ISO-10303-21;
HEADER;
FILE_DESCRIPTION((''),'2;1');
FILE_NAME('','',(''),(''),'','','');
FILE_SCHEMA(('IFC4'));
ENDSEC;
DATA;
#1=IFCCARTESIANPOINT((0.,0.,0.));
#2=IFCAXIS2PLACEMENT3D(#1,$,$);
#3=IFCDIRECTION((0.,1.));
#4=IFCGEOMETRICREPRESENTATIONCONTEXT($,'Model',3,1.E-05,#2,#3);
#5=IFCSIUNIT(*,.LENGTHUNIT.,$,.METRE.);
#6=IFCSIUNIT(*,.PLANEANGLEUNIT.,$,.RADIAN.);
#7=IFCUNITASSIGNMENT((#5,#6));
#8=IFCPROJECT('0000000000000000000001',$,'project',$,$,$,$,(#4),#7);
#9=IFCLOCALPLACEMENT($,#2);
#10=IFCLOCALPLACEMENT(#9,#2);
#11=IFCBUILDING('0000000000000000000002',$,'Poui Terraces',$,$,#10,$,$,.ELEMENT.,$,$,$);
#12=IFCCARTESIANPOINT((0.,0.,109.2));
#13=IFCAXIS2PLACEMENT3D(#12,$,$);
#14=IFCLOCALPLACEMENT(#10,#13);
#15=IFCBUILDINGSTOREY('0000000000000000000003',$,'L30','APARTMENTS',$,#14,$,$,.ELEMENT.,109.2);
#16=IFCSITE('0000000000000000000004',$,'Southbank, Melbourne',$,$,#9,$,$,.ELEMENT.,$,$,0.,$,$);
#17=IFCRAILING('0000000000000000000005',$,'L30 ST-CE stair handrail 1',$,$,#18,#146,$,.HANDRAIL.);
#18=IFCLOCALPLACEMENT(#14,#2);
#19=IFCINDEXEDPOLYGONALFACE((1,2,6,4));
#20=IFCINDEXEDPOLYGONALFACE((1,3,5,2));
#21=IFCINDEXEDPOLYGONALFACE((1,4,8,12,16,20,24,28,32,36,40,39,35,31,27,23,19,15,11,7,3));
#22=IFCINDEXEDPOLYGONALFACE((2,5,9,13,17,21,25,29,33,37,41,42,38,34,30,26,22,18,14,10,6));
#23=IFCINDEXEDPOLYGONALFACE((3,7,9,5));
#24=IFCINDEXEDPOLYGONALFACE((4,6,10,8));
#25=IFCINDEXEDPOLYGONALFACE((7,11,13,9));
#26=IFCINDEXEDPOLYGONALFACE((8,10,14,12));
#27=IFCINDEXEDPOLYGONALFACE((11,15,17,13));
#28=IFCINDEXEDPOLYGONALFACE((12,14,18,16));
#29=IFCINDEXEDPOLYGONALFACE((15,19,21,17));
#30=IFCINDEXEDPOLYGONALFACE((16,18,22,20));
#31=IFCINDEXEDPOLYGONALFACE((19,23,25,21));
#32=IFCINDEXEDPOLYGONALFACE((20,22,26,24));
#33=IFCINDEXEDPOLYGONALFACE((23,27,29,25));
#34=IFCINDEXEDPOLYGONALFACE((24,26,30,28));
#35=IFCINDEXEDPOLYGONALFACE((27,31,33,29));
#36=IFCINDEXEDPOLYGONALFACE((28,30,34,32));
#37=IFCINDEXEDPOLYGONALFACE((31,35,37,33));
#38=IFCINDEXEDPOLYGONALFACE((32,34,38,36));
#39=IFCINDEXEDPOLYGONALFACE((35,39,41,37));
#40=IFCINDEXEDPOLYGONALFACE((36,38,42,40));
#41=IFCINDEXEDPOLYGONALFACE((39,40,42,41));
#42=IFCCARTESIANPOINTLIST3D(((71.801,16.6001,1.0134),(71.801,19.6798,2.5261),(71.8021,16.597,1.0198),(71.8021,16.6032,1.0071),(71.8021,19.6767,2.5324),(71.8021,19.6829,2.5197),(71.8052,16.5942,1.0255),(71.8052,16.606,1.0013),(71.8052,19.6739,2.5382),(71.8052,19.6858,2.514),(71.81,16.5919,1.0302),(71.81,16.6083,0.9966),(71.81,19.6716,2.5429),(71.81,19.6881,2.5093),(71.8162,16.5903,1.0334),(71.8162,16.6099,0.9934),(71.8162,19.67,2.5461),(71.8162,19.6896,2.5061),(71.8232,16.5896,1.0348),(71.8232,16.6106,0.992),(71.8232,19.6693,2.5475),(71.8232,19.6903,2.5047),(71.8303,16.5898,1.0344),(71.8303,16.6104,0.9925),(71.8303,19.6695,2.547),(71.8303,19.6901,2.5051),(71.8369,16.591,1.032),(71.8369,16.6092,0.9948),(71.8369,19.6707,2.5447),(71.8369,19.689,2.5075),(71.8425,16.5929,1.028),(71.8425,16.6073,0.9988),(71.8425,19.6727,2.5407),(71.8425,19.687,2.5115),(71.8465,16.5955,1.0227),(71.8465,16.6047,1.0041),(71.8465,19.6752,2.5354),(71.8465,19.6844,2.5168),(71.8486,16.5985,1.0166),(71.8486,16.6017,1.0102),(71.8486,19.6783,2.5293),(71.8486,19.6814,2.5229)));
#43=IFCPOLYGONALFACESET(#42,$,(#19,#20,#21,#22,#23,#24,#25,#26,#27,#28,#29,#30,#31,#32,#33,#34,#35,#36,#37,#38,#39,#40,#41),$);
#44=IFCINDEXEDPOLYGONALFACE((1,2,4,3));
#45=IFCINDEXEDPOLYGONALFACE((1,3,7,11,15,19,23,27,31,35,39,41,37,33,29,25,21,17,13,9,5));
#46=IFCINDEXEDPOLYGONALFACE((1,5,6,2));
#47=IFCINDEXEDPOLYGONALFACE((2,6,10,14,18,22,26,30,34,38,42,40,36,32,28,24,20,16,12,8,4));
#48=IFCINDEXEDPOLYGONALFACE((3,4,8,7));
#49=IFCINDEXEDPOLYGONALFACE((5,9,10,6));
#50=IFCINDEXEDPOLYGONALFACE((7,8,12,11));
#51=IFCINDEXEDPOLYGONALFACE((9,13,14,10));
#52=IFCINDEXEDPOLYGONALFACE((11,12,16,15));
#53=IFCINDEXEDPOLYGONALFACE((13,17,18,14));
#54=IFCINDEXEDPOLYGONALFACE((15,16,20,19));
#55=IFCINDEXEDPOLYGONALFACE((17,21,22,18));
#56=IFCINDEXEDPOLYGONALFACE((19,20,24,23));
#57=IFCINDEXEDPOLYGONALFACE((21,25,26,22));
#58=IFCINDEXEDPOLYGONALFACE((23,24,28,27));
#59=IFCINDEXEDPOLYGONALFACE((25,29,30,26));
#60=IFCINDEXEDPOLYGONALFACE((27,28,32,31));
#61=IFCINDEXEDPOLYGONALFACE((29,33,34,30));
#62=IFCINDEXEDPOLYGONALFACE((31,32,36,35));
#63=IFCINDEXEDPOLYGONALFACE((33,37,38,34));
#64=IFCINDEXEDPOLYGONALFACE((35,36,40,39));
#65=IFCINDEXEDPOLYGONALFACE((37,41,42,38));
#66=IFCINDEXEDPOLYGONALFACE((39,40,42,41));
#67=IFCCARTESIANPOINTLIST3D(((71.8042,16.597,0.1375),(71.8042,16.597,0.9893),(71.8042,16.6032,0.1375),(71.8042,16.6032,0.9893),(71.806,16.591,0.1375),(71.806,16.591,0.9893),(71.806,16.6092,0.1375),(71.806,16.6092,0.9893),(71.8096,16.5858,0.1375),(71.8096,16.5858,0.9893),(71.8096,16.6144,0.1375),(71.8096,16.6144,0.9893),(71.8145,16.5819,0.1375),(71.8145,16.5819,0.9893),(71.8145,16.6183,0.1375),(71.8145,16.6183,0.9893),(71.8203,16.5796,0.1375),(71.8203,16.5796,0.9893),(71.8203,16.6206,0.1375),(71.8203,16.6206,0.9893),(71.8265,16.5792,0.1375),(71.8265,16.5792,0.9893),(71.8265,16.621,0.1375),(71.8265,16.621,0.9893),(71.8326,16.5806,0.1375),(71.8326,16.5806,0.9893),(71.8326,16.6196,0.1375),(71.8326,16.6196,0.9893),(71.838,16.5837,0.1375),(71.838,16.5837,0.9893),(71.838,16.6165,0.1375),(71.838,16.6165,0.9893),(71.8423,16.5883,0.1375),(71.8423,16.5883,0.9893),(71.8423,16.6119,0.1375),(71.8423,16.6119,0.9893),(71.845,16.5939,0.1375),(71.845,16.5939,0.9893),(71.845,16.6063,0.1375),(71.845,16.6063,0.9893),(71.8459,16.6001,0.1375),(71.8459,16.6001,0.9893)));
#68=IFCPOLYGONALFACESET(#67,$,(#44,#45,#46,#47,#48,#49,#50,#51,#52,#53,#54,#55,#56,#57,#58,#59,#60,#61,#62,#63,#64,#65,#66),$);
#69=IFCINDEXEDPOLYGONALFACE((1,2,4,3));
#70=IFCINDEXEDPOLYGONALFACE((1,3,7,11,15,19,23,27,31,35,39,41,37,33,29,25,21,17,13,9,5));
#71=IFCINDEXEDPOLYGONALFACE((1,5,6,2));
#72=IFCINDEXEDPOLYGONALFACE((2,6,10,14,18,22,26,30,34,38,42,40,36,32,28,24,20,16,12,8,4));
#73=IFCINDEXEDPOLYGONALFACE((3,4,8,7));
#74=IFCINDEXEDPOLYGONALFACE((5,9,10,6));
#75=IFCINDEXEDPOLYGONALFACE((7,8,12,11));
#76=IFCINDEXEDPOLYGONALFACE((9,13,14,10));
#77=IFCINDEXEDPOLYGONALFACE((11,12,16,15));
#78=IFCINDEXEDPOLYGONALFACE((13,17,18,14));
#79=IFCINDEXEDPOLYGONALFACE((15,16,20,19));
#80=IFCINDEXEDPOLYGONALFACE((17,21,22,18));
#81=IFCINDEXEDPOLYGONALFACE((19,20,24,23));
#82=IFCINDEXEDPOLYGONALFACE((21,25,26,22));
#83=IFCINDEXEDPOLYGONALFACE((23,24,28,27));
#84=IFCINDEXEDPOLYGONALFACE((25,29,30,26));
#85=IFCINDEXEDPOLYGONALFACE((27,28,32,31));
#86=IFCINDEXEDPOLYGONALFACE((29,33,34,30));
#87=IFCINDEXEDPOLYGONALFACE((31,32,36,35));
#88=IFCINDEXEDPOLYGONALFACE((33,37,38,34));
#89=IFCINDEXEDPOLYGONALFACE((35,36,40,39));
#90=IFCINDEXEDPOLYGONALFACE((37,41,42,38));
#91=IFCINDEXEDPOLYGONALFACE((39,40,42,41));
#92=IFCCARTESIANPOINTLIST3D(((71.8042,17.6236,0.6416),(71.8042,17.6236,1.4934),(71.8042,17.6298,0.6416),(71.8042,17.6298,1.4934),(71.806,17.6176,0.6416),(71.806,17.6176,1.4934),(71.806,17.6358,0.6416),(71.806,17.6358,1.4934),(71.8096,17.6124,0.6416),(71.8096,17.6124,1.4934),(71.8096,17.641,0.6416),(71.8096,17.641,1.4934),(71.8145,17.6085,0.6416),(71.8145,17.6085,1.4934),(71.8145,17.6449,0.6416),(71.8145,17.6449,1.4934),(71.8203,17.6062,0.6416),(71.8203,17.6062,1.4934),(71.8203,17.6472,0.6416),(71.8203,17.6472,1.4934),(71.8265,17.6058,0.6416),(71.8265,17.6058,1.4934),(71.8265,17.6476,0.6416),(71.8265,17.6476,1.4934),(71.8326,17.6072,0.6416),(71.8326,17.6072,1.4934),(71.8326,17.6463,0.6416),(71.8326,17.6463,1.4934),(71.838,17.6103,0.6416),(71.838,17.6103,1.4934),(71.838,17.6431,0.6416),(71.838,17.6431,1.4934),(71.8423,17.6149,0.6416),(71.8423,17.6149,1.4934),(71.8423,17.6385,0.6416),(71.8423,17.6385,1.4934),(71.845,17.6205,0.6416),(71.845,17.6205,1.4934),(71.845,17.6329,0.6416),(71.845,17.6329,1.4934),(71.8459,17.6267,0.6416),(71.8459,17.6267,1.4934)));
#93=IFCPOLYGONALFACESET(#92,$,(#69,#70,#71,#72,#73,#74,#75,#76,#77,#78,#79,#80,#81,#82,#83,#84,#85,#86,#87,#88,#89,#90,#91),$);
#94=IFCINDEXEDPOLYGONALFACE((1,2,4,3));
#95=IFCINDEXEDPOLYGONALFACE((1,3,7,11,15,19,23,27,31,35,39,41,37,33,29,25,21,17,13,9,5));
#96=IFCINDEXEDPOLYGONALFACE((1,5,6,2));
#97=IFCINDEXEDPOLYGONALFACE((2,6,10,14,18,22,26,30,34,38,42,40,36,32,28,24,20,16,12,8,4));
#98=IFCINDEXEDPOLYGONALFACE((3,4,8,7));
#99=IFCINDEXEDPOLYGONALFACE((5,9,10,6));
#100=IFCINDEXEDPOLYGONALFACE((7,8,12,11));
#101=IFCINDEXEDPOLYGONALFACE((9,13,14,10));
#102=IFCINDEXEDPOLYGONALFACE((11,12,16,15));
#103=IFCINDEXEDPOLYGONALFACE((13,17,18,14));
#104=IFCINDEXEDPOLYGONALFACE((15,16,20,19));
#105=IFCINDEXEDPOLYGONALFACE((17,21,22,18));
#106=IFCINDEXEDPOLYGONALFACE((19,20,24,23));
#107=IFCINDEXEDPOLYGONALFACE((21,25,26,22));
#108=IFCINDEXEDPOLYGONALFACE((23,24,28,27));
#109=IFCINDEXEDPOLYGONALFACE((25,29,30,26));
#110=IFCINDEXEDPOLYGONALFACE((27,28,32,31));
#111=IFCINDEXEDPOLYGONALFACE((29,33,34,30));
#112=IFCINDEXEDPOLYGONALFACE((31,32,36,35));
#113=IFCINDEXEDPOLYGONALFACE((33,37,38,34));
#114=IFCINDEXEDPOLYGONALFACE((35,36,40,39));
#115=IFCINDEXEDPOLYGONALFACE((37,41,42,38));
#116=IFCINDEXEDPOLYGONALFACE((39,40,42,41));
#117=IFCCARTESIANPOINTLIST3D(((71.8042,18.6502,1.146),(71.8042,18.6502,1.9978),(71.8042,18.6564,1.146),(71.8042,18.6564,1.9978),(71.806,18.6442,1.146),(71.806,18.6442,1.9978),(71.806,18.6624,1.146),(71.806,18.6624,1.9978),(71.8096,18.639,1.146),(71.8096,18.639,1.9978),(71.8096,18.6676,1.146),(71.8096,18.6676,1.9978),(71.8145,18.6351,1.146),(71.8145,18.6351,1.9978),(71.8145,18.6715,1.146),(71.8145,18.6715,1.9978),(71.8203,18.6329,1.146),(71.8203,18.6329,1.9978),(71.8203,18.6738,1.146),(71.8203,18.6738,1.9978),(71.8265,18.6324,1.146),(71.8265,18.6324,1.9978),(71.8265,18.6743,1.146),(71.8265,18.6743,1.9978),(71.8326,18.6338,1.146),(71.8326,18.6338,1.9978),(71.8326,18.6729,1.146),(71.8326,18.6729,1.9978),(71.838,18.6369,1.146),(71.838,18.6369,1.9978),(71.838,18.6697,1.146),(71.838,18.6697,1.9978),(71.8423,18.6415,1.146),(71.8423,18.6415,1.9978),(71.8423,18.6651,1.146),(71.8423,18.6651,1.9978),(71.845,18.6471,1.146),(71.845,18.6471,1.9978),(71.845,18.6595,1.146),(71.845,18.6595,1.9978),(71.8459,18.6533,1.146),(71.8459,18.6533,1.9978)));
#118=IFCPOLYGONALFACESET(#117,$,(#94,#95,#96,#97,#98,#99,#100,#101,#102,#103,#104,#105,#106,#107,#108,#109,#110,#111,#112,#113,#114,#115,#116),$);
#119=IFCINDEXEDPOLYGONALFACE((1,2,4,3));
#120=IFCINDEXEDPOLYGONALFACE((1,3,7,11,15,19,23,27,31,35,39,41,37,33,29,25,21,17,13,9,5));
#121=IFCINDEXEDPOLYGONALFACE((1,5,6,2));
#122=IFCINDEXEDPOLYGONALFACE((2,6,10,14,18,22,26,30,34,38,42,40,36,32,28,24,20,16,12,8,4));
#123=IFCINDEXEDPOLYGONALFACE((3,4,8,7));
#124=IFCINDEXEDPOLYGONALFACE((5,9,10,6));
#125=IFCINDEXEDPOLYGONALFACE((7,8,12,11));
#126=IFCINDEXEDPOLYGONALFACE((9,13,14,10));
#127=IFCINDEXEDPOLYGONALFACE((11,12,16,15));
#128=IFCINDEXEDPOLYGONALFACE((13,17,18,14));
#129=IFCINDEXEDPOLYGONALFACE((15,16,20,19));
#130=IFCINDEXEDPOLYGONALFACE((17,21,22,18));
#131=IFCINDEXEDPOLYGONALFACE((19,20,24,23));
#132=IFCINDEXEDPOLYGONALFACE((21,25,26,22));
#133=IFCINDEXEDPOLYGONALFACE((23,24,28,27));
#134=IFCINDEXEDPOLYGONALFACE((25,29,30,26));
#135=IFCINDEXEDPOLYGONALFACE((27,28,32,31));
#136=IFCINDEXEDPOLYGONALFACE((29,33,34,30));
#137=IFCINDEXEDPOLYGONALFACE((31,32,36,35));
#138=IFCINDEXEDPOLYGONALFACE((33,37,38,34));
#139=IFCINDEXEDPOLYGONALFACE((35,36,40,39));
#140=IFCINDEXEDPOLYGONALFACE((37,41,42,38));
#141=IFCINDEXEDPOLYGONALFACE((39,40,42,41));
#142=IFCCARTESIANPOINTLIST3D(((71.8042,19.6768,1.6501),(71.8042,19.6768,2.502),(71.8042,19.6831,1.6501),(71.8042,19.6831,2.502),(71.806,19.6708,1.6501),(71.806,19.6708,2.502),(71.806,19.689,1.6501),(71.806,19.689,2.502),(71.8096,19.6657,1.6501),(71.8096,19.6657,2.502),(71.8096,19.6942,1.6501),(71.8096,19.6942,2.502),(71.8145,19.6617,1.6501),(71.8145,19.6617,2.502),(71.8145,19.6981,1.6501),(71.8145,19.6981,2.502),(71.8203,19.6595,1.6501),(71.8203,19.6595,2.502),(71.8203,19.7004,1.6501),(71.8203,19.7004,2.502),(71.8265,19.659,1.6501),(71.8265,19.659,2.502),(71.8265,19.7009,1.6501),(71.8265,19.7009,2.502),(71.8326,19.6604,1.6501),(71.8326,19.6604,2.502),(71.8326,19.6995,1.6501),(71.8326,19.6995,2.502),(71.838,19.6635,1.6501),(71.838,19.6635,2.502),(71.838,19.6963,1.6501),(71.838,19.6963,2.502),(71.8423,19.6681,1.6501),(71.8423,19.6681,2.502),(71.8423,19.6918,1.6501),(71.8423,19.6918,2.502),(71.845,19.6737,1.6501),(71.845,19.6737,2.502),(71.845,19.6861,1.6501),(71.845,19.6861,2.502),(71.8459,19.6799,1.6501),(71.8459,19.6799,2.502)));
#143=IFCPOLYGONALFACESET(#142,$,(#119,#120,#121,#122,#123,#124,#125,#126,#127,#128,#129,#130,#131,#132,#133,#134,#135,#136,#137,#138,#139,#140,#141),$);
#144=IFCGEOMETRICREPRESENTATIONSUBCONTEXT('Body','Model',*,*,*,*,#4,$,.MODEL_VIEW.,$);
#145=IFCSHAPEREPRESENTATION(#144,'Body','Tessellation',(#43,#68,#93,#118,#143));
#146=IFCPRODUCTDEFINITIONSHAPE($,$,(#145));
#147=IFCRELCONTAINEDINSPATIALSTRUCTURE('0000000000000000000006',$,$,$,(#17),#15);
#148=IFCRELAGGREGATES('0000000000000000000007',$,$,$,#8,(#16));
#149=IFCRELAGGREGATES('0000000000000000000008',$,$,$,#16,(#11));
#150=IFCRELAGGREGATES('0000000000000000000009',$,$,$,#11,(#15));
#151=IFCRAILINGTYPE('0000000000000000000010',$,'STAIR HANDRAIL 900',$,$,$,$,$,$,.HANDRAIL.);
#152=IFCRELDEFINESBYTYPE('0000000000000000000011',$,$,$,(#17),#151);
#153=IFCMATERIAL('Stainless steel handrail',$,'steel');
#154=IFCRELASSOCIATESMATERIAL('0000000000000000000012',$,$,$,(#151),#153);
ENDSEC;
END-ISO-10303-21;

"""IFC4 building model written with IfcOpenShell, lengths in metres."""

from ifc_helpers import new_model, si_unit, direction, frame, origin, origin_2d, place, context, subcontext, project, spatial, circle, extrude, material, type_object, element, save


model = new_model("IFC4")

# Units and contexts
model_context = context("Model", 3, precision=1e-05, world=origin(), true_north=direction((0.0, 1.0)))
body_context = subcontext(model_context, "Body", "Model", "MODEL_VIEW")
ifc_project = project(units=[si_unit("LENGTHUNIT", "METRE"), si_unit("PLANEANGLEUNIT", "RADIAN")], contexts=[model_context])

# Site, building, storey
site_placement = place(None, origin())
site = spatial("IfcSite", under=ifc_project, at=site_placement, Name="Southbank, Melbourne", CompositionType="ELEMENT", RefElevation=0.0)
building_placement = place(site_placement, origin())
building = spatial("IfcBuilding", under=site, at=building_placement, Name="Poui Terraces", CompositionType="ELEMENT")
storey_placement = place(building_placement, frame((0.0, 0.0, 109.2)))
storey = spatial("IfcBuildingStorey", under=building, at=storey_placement, Name="L30", Description="APARTMENTS", CompositionType="ELEMENT", Elevation=109.2)

# Railing
ifc_material_1 = material(Name="Stainless steel handrail", Category="steel")
railing_type_1 = type_object("IfcRailingType", Name="STAIR HANDRAIL 900", PredefinedType="HANDRAIL", material=ifc_material_1)
railing_1_placement = place(storey_placement, frame((71.825, 16.6001, 0.1375)))
element("IfcRailing", 1, at=railing_1_placement, inside=storey, type_object=railing_type_1, Name="L30 ST-CE stair handrail 1", PredefinedType="HANDRAIL", context=body_context, shape_type="SweptSolid", body=[
    extrude(circle(Radius=0.0239, at=origin_2d()), frame((0.0, 0.0, 0.876), z_axis=(0.0, 0.897578, 0.440856), x_axis=(-1.0, 0.0, 0.0)), (0.0, 0.0, 1.0), 3.4312),
    extrude(circle(Radius=0.021, at=origin_2d()), origin(), (0.0, 0.0, 1.0), 0.8518),
    extrude(circle(Radius=0.021, at=origin_2d()), frame((0.0, 1.0266, 0.5042)), (0.0, 0.0, 1.0), 0.8518),
    extrude(circle(Radius=0.021, at=origin_2d()), frame((0.0, 2.0532, 1.0085)), (0.0, 0.0, 1.0), 0.8518),
    extrude(circle(Radius=0.021, at=origin_2d()), frame((0.0, 3.0798, 1.5127)), (0.0, 0.0, 1.0), 0.8518),
])

save(model, "model.ifc")
